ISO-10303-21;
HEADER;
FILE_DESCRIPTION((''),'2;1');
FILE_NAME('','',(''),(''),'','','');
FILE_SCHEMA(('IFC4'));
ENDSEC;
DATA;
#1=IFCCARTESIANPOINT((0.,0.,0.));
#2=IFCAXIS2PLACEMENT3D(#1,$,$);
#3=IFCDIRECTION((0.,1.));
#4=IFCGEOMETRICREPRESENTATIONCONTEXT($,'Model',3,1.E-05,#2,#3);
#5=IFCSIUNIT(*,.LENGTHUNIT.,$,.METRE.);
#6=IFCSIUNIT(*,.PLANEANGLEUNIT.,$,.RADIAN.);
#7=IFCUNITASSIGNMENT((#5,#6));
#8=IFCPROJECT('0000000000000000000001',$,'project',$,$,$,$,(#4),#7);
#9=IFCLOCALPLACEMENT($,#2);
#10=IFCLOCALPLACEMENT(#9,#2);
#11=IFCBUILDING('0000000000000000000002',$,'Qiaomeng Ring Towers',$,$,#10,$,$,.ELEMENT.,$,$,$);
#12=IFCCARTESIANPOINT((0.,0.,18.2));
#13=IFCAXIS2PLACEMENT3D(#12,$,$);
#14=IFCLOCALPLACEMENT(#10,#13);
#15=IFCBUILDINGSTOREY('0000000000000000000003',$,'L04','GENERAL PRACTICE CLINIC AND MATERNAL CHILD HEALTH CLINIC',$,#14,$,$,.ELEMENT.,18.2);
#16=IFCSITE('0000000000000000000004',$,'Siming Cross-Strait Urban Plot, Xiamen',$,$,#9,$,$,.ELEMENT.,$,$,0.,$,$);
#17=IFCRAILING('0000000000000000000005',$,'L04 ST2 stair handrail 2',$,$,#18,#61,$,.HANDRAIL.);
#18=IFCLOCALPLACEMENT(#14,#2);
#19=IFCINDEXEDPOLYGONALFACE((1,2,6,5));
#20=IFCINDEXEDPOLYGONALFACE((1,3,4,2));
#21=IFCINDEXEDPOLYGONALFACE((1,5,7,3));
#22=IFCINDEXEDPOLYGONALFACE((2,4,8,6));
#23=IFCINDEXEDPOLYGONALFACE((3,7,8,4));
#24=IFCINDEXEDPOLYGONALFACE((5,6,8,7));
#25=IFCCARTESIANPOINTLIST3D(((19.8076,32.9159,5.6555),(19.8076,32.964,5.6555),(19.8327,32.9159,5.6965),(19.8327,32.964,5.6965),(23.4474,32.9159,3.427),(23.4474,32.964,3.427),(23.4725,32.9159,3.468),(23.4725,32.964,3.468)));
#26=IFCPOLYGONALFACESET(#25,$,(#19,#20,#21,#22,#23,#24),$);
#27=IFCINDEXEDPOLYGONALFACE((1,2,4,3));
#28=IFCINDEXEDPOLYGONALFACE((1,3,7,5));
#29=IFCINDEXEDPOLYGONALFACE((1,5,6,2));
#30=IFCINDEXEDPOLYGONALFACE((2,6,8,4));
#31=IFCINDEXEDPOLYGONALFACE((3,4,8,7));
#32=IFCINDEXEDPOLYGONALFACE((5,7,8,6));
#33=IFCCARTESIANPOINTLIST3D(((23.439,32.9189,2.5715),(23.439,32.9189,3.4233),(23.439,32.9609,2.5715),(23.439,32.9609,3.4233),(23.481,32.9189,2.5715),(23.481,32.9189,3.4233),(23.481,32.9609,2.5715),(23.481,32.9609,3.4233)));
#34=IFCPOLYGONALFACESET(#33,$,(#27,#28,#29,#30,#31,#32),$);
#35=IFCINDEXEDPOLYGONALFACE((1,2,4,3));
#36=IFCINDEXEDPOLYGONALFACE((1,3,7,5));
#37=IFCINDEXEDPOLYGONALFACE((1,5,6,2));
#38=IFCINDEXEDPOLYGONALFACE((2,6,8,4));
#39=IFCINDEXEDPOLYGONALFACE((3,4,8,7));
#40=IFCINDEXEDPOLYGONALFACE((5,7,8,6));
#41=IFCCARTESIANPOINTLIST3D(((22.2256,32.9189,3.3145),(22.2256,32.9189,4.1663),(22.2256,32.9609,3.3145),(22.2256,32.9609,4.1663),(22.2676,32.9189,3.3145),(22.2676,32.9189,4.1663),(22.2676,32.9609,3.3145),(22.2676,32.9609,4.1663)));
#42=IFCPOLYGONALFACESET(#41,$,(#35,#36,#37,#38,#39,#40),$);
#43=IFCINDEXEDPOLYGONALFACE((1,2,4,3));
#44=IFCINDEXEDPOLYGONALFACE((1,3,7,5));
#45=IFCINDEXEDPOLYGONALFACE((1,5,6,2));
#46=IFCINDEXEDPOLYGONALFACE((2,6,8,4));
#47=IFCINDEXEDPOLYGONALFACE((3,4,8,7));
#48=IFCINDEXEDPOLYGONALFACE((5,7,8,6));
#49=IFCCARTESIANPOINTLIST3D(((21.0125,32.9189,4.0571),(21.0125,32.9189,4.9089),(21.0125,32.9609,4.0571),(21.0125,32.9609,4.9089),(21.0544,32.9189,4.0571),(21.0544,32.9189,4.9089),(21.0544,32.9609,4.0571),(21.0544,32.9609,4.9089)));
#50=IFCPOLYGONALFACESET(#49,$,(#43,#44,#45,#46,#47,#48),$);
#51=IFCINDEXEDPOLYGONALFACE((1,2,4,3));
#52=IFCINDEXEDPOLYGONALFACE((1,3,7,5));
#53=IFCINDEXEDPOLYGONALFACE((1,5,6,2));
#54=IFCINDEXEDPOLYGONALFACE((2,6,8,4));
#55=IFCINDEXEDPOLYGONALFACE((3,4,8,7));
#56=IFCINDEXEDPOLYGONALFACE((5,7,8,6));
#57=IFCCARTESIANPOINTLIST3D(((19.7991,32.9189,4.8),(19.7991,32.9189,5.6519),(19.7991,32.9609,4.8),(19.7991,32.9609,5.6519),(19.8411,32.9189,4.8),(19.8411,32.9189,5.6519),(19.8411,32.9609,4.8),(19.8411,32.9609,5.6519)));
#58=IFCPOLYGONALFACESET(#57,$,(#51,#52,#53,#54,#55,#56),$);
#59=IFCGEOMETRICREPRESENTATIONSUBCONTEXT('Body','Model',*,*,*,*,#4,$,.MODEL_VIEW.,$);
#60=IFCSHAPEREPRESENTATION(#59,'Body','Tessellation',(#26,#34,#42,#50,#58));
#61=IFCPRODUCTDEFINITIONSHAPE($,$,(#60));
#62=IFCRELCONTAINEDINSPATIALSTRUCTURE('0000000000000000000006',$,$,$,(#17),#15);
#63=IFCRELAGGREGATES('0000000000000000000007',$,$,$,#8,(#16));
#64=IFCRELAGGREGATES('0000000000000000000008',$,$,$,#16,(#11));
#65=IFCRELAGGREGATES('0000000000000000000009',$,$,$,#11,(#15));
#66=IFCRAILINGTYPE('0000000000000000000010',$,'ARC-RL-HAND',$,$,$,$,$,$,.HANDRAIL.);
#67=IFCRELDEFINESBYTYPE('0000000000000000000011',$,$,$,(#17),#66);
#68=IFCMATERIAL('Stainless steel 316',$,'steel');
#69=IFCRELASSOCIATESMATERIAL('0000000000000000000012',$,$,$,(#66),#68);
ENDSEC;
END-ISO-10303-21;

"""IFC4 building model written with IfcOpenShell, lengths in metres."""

from ifc_helpers import new_model, si_unit, direction, frame, origin, origin_2d, place, context, subcontext, project, spatial, rectangle, extrude, material, type_object, element, save


model = new_model("IFC4")

# Units and contexts
model_context = context("Model", 3, precision=1e-05, world=origin(), true_north=direction((0.0, 1.0)))
body_context = subcontext(model_context, "Body", "Model", "MODEL_VIEW")
ifc_project = project(units=[si_unit("LENGTHUNIT", "METRE"), si_unit("PLANEANGLEUNIT", "RADIAN")], contexts=[model_context])

# Site, building, storey
site_placement = place(None, origin())
site = spatial("IfcSite", under=ifc_project, at=site_placement, Name="Siming Cross-Strait Urban Plot, Xiamen", CompositionType="ELEMENT", RefElevation=0.0)
building_placement = place(site_placement, origin())
building = spatial("IfcBuilding", under=site, at=building_placement, Name="Qiaomeng Ring Towers", CompositionType="ELEMENT")
storey_placement = place(building_placement, frame((0.0, 0.0, 18.2)))
storey = spatial("IfcBuildingStorey", under=building, at=storey_placement, Name="L04", Description="GENERAL PRACTICE CLINIC AND MATERNAL CHILD HEALTH CLINIC", CompositionType="ELEMENT", Elevation=18.2)

# Railing
ifc_material_1 = material(Name="Stainless steel 316", Category="steel")
railing_type_1 = type_object("IfcRailingType", Name="ARC-RL-HAND", PredefinedType="HANDRAIL", material=ifc_material_1)
for number, where, name in (
    (1, (23.46, 32.9399, 2.5715), "L04 ST2 stair handrail 2"),
):
    element("IfcRailing", number, at=place(storey_placement, frame(where)), inside=storey, type_object=railing_type_1, Name=name, PredefinedType="HANDRAIL", context=body_context, shape_type="SweptSolid", body=[
        extrude(rectangle(XDim=0.0481, YDim=0.0481, at=origin_2d()), frame((0.0, 0.0, 0.876), z_axis=(-0.85285, 0.0, 0.522156), x_axis=(0.0, -1.0, 0.0)), (0.0, 0.0, 1.0), 4.2678),
        extrude(rectangle(XDim=0.042, YDim=0.042, at=origin_2d()), origin(), (0.0, 0.0, 1.0), 0.8518),
        extrude(rectangle(XDim=0.042, YDim=0.042, at=origin_2d()), frame((-1.2134, 0.0, 0.7429)), (0.0, 0.0, 1.0), 0.8518),
        extrude(rectangle(XDim=0.042, YDim=0.042, at=origin_2d()), frame((-2.4265, 0.0, 1.4856)), (0.0, 0.0, 1.0), 0.8518),
        extrude(rectangle(XDim=0.042, YDim=0.042, at=origin_2d()), frame((-3.6399, 0.0, 2.2285)), (0.0, 0.0, 1.0), 0.8518),
    ])

save(model, "model.ifc")
